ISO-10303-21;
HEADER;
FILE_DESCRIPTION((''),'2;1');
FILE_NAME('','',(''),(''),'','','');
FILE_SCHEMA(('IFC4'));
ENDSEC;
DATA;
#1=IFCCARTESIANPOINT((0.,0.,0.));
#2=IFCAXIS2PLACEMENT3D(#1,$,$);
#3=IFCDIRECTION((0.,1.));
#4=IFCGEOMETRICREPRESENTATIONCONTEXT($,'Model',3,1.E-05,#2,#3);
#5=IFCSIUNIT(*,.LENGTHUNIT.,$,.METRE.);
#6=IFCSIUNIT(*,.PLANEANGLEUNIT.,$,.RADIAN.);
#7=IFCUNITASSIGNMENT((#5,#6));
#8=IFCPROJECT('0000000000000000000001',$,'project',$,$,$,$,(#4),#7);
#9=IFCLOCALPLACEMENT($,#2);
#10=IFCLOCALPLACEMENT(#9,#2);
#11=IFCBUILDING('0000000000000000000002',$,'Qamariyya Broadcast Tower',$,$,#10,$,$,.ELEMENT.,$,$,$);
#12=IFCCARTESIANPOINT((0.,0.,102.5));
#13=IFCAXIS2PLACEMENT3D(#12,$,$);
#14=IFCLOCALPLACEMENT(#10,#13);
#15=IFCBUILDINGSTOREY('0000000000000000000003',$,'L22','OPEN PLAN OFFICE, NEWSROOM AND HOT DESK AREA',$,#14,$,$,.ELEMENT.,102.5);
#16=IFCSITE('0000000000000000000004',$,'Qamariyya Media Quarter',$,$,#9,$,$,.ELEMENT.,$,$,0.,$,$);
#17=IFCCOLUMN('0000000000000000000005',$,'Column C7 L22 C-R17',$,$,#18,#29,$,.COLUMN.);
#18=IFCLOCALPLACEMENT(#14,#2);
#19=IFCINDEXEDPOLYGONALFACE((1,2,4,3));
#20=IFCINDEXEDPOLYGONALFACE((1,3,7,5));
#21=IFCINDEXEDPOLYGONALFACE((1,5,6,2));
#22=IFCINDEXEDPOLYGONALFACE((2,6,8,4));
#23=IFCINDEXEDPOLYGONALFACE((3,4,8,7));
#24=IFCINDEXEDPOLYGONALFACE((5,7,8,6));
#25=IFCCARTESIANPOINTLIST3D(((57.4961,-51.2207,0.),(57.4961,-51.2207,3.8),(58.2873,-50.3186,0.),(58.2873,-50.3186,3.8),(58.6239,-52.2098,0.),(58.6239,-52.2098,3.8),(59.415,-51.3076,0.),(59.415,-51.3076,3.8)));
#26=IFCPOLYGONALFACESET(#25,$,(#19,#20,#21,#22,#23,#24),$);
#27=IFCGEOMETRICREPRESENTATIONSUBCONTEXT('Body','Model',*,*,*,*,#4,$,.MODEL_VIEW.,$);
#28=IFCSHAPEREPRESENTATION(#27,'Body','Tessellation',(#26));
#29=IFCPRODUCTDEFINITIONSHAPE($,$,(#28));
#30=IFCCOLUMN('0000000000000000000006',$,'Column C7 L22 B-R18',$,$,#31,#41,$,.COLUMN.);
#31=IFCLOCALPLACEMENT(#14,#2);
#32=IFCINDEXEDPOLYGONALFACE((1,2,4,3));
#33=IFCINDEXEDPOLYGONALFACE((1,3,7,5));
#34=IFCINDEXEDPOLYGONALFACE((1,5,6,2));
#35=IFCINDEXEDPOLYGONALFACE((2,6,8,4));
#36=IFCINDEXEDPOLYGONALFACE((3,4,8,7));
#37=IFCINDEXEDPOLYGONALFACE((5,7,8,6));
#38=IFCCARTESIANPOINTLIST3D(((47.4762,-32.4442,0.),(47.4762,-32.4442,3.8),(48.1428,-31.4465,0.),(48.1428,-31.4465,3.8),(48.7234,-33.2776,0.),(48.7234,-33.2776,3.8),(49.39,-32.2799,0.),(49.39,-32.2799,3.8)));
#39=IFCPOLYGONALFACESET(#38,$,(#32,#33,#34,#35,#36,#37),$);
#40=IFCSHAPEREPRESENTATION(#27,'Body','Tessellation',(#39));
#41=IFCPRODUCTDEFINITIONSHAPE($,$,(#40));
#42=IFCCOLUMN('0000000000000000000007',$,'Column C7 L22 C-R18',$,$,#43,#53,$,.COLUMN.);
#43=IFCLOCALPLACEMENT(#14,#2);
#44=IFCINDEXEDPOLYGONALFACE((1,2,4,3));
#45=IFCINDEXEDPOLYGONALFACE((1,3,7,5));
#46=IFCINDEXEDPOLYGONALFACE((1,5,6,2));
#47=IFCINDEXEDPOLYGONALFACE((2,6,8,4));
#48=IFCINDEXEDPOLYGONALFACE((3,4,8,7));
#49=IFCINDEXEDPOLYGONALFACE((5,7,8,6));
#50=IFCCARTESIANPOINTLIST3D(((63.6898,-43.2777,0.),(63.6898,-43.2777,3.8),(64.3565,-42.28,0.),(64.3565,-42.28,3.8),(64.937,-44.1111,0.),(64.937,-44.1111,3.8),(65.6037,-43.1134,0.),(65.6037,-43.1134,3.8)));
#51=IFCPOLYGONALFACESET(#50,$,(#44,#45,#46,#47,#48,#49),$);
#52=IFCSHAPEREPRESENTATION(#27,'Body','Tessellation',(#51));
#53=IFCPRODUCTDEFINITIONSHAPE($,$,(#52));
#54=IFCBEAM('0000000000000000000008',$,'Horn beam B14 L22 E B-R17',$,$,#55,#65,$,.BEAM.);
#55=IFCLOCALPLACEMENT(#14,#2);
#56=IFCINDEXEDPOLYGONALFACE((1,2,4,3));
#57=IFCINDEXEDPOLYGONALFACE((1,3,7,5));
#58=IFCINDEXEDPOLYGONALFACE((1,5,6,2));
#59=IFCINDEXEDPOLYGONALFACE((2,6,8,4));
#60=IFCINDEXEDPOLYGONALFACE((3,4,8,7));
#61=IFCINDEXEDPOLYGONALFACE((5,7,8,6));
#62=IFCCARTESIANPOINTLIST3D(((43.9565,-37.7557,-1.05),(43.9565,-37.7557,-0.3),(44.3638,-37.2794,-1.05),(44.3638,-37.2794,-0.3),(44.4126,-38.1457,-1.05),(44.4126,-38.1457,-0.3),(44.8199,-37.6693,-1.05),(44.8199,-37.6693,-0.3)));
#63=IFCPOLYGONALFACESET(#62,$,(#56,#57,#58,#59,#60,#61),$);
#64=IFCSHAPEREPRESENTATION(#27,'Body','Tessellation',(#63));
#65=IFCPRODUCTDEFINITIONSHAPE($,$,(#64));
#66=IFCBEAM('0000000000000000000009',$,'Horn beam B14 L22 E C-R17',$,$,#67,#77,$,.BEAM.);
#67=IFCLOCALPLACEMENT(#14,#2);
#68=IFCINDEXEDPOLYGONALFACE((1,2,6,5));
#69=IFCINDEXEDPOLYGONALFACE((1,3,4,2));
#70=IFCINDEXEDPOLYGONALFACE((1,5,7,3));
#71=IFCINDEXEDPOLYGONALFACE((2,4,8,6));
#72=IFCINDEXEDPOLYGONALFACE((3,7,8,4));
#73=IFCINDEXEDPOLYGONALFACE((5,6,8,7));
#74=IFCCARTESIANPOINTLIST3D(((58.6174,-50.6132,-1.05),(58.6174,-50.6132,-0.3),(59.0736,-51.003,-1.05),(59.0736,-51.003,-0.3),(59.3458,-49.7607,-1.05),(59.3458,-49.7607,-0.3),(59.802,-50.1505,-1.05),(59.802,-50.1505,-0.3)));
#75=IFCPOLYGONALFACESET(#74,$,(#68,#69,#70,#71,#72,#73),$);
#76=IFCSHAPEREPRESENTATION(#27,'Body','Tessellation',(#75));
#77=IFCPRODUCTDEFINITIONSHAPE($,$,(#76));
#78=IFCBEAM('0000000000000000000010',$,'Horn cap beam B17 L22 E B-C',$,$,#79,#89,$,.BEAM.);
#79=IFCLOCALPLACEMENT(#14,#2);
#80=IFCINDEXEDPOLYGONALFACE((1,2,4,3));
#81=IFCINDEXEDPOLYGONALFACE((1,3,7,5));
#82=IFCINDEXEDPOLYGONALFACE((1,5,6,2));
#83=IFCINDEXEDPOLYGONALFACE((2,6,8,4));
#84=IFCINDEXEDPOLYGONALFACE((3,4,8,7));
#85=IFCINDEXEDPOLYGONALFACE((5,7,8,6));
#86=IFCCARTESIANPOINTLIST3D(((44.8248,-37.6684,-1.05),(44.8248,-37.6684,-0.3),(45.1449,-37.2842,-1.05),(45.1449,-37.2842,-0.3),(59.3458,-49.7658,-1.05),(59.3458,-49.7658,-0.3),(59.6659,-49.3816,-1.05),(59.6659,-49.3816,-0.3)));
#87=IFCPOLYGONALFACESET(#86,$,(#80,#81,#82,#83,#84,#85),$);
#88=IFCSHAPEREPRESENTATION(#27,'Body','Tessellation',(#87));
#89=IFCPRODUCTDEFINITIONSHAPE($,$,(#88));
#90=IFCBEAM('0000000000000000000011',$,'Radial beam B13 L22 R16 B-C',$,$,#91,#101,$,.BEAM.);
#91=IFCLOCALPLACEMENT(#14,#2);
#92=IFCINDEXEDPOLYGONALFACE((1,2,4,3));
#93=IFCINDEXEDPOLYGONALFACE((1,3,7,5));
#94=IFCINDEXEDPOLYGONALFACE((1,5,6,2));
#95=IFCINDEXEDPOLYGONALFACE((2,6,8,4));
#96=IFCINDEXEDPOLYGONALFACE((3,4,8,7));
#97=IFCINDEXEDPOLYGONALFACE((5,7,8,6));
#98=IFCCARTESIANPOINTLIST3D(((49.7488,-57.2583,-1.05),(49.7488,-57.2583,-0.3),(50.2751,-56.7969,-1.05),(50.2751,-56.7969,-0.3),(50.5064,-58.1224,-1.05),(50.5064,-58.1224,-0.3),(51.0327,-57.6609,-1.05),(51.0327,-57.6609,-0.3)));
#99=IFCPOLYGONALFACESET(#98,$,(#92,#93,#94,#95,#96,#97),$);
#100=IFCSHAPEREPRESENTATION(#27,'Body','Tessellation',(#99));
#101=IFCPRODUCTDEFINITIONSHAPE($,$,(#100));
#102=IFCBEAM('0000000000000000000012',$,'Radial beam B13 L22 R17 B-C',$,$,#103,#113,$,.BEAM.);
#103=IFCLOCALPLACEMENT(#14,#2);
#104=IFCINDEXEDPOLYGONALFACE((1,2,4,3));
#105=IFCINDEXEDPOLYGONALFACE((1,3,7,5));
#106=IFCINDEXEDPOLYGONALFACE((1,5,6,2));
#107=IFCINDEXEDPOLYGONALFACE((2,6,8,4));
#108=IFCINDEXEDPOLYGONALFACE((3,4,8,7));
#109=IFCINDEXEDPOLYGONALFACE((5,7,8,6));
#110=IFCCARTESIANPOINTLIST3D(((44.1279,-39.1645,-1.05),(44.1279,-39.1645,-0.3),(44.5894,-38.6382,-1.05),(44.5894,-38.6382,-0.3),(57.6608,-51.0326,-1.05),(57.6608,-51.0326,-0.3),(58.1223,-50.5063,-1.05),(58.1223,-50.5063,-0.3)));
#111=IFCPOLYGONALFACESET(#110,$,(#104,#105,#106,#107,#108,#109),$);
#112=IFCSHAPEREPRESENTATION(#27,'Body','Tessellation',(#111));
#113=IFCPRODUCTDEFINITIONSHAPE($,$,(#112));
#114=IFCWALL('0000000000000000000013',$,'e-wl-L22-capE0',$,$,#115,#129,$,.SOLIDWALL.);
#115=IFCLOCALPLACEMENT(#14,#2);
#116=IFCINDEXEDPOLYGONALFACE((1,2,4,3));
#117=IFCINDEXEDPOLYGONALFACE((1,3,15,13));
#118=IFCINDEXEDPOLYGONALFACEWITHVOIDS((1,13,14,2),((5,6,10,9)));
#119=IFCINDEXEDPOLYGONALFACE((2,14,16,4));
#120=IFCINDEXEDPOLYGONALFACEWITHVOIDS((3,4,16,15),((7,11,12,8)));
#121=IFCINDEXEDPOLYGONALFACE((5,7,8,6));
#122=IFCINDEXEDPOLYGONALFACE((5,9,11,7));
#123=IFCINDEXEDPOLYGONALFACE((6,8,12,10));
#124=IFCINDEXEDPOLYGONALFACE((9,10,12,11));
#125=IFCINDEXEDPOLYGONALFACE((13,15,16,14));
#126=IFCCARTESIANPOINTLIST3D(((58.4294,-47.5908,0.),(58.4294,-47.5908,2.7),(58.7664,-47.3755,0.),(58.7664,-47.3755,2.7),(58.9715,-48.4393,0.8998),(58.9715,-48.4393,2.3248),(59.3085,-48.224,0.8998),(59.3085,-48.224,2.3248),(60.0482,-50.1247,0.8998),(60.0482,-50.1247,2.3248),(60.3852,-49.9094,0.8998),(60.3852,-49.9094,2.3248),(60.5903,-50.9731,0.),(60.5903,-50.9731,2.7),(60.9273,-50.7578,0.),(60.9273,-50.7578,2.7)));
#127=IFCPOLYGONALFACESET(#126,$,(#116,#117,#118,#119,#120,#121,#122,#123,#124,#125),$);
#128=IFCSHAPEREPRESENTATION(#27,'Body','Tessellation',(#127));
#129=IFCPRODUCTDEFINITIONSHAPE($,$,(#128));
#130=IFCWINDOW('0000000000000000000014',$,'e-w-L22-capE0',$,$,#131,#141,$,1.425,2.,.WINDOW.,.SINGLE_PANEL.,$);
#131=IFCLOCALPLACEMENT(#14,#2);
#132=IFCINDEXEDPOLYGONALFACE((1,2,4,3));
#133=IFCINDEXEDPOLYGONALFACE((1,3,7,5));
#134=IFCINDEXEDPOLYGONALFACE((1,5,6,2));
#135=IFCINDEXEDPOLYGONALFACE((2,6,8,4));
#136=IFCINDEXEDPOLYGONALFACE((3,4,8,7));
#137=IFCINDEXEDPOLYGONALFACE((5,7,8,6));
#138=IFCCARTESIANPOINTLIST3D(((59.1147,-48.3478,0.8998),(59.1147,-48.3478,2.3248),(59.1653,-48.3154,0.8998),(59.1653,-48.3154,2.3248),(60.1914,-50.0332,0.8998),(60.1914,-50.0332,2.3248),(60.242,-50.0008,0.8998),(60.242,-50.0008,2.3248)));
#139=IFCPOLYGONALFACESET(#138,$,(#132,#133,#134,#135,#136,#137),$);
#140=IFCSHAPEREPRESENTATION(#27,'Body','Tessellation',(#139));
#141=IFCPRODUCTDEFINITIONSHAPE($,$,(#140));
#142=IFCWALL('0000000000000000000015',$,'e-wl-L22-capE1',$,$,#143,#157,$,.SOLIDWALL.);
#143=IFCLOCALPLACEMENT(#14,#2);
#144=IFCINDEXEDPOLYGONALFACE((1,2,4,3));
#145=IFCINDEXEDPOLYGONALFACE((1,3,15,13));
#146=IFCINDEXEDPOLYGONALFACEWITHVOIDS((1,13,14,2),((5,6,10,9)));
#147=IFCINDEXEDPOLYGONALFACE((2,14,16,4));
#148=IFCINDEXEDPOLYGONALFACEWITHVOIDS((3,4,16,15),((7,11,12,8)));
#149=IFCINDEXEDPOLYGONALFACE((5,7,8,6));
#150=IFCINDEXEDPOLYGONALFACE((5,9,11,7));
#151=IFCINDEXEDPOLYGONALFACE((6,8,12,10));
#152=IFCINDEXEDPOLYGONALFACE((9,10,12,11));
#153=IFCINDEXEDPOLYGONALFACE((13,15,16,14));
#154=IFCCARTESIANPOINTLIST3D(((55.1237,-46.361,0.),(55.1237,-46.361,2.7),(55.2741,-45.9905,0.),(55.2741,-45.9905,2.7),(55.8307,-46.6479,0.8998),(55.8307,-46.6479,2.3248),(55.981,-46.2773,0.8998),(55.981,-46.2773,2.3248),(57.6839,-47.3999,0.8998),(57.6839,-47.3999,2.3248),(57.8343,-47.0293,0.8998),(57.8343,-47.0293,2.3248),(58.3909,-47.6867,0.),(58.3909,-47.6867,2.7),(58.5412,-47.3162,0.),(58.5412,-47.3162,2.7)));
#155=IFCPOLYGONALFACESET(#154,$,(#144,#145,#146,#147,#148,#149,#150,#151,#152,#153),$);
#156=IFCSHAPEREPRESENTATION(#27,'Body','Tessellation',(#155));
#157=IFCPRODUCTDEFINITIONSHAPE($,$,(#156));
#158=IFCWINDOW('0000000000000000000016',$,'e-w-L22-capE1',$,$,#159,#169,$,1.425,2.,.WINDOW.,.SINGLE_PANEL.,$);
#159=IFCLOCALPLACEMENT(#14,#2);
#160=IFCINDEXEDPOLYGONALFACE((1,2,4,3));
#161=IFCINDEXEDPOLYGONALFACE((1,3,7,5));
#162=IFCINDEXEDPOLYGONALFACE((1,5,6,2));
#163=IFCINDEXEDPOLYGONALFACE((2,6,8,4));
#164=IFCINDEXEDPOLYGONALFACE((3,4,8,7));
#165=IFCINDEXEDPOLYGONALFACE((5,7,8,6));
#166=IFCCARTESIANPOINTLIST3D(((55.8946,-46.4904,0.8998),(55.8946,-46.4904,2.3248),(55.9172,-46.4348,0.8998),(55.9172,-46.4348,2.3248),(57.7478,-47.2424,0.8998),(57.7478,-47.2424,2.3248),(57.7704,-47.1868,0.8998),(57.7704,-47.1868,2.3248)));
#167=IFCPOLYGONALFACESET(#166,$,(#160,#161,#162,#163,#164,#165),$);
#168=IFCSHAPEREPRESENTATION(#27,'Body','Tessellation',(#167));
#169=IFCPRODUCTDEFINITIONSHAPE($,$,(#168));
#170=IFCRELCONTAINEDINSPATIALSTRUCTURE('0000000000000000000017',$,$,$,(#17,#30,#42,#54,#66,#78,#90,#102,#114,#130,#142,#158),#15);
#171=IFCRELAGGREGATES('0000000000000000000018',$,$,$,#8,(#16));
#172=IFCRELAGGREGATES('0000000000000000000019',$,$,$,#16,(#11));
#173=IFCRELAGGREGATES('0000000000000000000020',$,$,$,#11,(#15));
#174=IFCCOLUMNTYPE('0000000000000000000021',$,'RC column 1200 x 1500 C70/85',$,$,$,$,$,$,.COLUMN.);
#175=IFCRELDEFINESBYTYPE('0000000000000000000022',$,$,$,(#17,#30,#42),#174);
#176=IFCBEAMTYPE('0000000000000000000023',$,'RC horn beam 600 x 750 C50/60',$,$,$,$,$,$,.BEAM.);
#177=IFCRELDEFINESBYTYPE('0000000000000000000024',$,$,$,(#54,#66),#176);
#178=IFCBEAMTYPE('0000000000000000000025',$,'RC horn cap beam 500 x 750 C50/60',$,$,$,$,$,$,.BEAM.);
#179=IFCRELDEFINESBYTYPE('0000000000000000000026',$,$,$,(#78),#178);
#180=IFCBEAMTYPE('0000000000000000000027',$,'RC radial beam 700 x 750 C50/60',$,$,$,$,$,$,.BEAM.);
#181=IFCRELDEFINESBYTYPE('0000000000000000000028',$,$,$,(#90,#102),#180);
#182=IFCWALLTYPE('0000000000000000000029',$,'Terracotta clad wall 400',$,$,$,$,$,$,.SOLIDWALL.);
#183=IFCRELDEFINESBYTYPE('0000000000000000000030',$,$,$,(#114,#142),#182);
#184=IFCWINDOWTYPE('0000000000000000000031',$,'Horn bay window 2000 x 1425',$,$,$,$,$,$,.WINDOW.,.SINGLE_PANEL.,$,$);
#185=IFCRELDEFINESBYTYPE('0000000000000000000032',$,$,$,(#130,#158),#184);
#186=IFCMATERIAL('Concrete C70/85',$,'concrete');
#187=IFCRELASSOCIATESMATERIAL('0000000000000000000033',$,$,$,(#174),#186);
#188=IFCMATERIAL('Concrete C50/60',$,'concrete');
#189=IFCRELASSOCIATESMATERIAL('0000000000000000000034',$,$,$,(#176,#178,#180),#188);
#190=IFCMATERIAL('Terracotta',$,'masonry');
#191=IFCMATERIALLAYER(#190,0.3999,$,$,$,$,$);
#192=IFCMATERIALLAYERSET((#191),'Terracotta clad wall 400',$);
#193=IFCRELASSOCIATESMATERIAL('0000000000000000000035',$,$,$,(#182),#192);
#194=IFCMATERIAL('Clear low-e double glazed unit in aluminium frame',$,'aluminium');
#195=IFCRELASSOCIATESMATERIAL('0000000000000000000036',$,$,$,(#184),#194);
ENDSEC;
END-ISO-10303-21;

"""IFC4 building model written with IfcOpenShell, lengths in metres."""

from ifc_helpers import new_model, si_unit, direction, frame, frame_2d, origin, origin_2d, place, context, subcontext, project, spatial, rectangle, extrude, material, layer, layer_set, material_profile, profile_set, type_object, element, fill, save


model = new_model("IFC4")

# Units and contexts
model_context = context("Model", 3, precision=1e-05, world=origin(), true_north=direction((0.0, 1.0)))
body_context = subcontext(model_context, "Body", "Model", "MODEL_VIEW")
ifc_project = project(units=[si_unit("LENGTHUNIT", "METRE"), si_unit("PLANEANGLEUNIT", "RADIAN")], contexts=[model_context])

# Site, building, storey
site_placement = place(None, origin())
site = spatial("IfcSite", under=ifc_project, at=site_placement, Name="Qamariyya Media Quarter", CompositionType="ELEMENT", RefElevation=0.0)
building_placement = place(site_placement, origin())
building = spatial("IfcBuilding", under=site, at=building_placement, Name="Qamariyya Broadcast Tower", CompositionType="ELEMENT")
storey_placement = place(building_placement, frame((0.0, 0.0, 102.5)))
storey = spatial("IfcBuildingStorey", under=building, at=storey_placement, Name="L22", Description="OPEN PLAN OFFICE, NEWSROOM AND HOT DESK AREA", CompositionType="ELEMENT", Elevation=102.5)

# Columns
ifc_material_1 = material(Name="Concrete C70/85", Category="concrete")
ifc_material_profile_1 = material_profile(ifc_material_1, rectangle(XDim=1.2, YDim=1.5, at=origin_2d()))
ifc_profile_set_1 = profile_set([ifc_material_profile_1], Name="Concrete C70/85")
column_type = type_object("IfcColumnType", Name="RC column 1200 x 1500 C70/85", PredefinedType="COLUMN", material=ifc_profile_set_1)
for number, where, z_axis, x_axis, name in (
    (1, (58.4556, -51.2642, 0.0), (0.0, 0.0, 1.0), (0.659346, 0.75184, 0.0), "Column C7 L22 C-R17"),
    (2, (48.4331, -32.3621, 0.0), (0.0, 0.0, 1.0), (0.55557, 0.83147, 0.0), "Column C7 L22 B-R18"),
    (3, (64.6467, -43.1956, 0.0), (0.0, 0.0, 1.0), (0.55557, 0.83147, 0.0), "Column C7 L22 C-R18"),
):
    element("IfcColumn", number, at=place(storey_placement, frame(where, z_axis=z_axis, x_axis=x_axis)), inside=storey, type_object=column_type, Name=name, PredefinedType="COLUMN", context=body_context, shape_type="SweptSolid", body=[
        extrude(rectangle(XDim=1.2, YDim=1.5, at=origin_2d()), origin(), (0.0, 0.0, 1.0), 3.8),
    ])

# Beams
ifc_material_2 = material(Name="Concrete C50/60", Category="concrete")
ifc_material_profile_2 = material_profile(ifc_material_2, rectangle(XDim=0.6001, YDim=0.75, at=origin_2d()))
ifc_profile_set_2 = profile_set([ifc_material_profile_2], Name="Concrete C50/60")
beam_type_1 = type_object("IfcBeamType", Name="RC horn beam 600 x 750 C50/60", PredefinedType="BEAM", material=ifc_profile_set_2)
beam_1_placement = place(storey_placement, frame((44.1846, -37.9507, -0.675), z_axis=(0.649828, 0.760081, 0.0), x_axis=(-0.760081, 0.649828, 0.0)))
element("IfcBeam", 4, at=beam_1_placement, inside=storey, type_object=beam_type_1, Name="Horn beam B14 L22 E B-R17", PredefinedType="BEAM", context=body_context, shape_type="SweptSolid", body=[
    extrude(rectangle(XDim=0.6001, YDim=0.75, at=origin_2d()), origin(), (0.0, 0.0, 1.0), 0.6267),
])
beam_2_placement = place(storey_placement, frame((58.8455, -50.8081, -0.675), z_axis=(0.649643, 0.760239, 0.0), x_axis=(-0.760239, 0.649643, 0.0)))
element("IfcBeam", 5, at=beam_2_placement, inside=storey, type_object=beam_type_1, Name="Horn beam B14 L22 E C-R17", PredefinedType="BEAM", context=body_context, shape_type="SweptSolid", body=[
    extrude(rectangle(XDim=0.6001, YDim=0.75, at=origin_2d()), origin(), (0.0, 0.0, 1.0), 1.1213),
])
ifc_material_profile_3 = material_profile(ifc_material_2, rectangle(XDim=0.5, YDim=0.75, at=origin_2d()))
ifc_profile_set_3 = profile_set([ifc_material_profile_3], Name="Concrete C50/60")
beam_type_2 = type_object("IfcBeamType", Name="RC horn cap beam 500 x 750 C50/60", PredefinedType="BEAM", material=ifc_profile_set_3)
beam_3_placement = place(storey_placement, frame((44.9849, -37.4763, -0.675), z_axis=(0.76831, -0.640078, 0.0), x_axis=(0.640078, 0.76831, 0.0)))
element("IfcBeam", 6, at=beam_3_placement, inside=storey, type_object=beam_type_2, Name="Horn cap beam B17 L22 E B-C", PredefinedType="BEAM", context=body_context, shape_type="SweptSolid", body=[
    extrude(rectangle(XDim=0.5, YDim=0.75, at=origin_2d()), origin(), (0.0, 0.0, 1.0), 18.8999),
])
ifc_material_profile_4 = material_profile(ifc_material_2, rectangle(XDim=0.7, YDim=0.75, at=origin_2d()))
ifc_profile_set_4 = profile_set([ifc_material_profile_4], Name="Concrete C50/60")
beam_type_3 = type_object("IfcBeamType", Name="RC radial beam 700 x 750 C50/60", PredefinedType="BEAM", material=ifc_profile_set_4)
beam_4_placement = place(storey_placement, frame((50.012, -57.0276, -0.675), z_axis=(0.659271, -0.751905, 0.0), x_axis=(0.751905, 0.659271, 0.0)))
element("IfcBeam", 7, at=beam_4_placement, inside=storey, type_object=beam_type_3, Name="Radial beam B13 L22 R16 B-C", PredefinedType="BEAM", context=body_context, shape_type="SweptSolid", body=[
    extrude(rectangle(XDim=0.7, YDim=0.75, at=origin_2d()), origin(), (0.0, 0.0, 1.0), 1.1492),
])
beam_5_placement = place(storey_placement, frame((44.3586, -38.9014, -0.675), z_axis=(0.751838, -0.659348, 0.0), x_axis=(0.659348, 0.751838, 0.0)))
element("IfcBeam", 8, at=beam_5_placement, inside=storey, type_object=beam_type_3, Name="Radial beam B13 L22 R17 B-C", PredefinedType="BEAM", context=body_context, shape_type="SweptSolid", body=[
    extrude(rectangle(XDim=0.7, YDim=0.75, at=origin_2d()), origin(), (0.0, 0.0, 1.0), 17.9998),
])

# Walls, openings, windows
ifc_material_3 = material(Name="Terracotta", Category="masonry")
ifc_layer = layer(ifc_material_3, 0.3999)
ifc_layer_set = layer_set([ifc_layer], Name="Terracotta clad wall 400")
wall_type = type_object("IfcWallType", Name="Terracotta clad wall 400", PredefinedType="SOLIDWALL", material=ifc_layer_set)
wall_1_placement = place(storey_placement, frame((60.7588, -50.8655, 0.0), z_axis=(0.0, 0.0, 1.0), x_axis=(-0.538382, 0.842701, 0.0)))
wall_1 = element("IfcWall", 9, at=wall_1_placement, inside=storey, type_object=wall_type, Name="e-wl-L22-capE0", PredefinedType="SOLIDWALL", context=body_context, shape_type="SweptSolid", body=[
    extrude(rectangle(XDim=4.0137, YDim=0.3999, at=frame_2d((2.0068, 0.0))), origin(), (0.0, 0.0, 1.0), 2.7),
])
opening_1_placement = place(wall_1_placement, frame((1.0068, 0.0, 0.8999)))
opening_1 = element("IfcOpeningElement", 10, at=opening_1_placement, cuts=wall_1, PredefinedType="OPENING", context=body_context, shape_type="SweptSolid", body=[
    extrude(rectangle(XDim=2.0, YDim=1.425, at=frame_2d((1.0, 0.7124))), frame((0.0, 0.21, 0.0), z_axis=(0.0, -1.0, 0.0), x_axis=(1.0, 0.0, 0.0)), (0.0, 0.0, 1.0), 0.4199),
])
ifc_material_4 = material(Name="Clear low-e double glazed unit in aluminium frame", Category="aluminium")
window_type = type_object("IfcWindowType", Name="Horn bay window 2000 x 1425", PartitioningType="SINGLE_PANEL", PredefinedType="WINDOW", material=ifc_material_4)
window_1_placement = place(opening_1_placement, origin())
window_1 = element("IfcWindow", 11, at=window_1_placement, inside=storey, type_object=window_type, Name="e-w-L22-capE0", OverallHeight=1.425, OverallWidth=2.0, PartitioningType="SINGLE_PANEL", PredefinedType="WINDOW", context=body_context, shape_type="SweptSolid", body=[
    extrude(rectangle(XDim=2.0, YDim=1.425, at=frame_2d((1.0, 0.7124))), frame((0.0, 0.03, 0.0), z_axis=(0.0, -1.0, 0.0), x_axis=(1.0, 0.0, 0.0)), (0.0, 0.0, 1.0), 0.0601),
])
fill(opening_1, window_1)
wall_2_placement = place(storey_placement, frame((58.4661, -47.5015, 0.0), z_axis=(0.0, 0.0, 1.0), x_axis=(-0.926622, 0.375994, 0.0)))
wall_2 = element("IfcWall", 12, at=wall_2_placement, inside=storey, type_object=wall_type, Name="e-wl-L22-capE1", PredefinedType="SOLIDWALL", context=body_context, shape_type="SweptSolid", body=[
    extrude(rectangle(XDim=3.5259, YDim=0.3999, at=frame_2d((1.7629, 0.0))), origin(), (0.0, 0.0, 1.0), 2.7),
])
opening_2_placement = place(wall_2_placement, frame((0.7629, 0.0, 0.8999)))
opening_2 = element("IfcOpeningElement", 13, at=opening_2_placement, cuts=wall_2, PredefinedType="OPENING", context=body_context, shape_type="SweptSolid", body=[
    extrude(rectangle(XDim=2.0, YDim=1.425, at=frame_2d((1.0, 0.7124))), frame((0.0, 0.21, 0.0), z_axis=(0.0, -1.0, 0.0), x_axis=(1.0, 0.0, 0.0)), (0.0, 0.0, 1.0), 0.4199),
])
window_2_placement = place(opening_2_placement, origin())
window_2 = element("IfcWindow", 14, at=window_2_placement, inside=storey, type_object=window_type, Name="e-w-L22-capE1", OverallHeight=1.425, OverallWidth=2.0, PartitioningType="SINGLE_PANEL", PredefinedType="WINDOW", context=body_context, shape_type="SweptSolid", body=[
    extrude(rectangle(XDim=2.0, YDim=1.425, at=frame_2d((1.0, 0.7124))), frame((0.0, 0.03, 0.0), z_axis=(0.0, -1.0, 0.0), x_axis=(1.0, 0.0, 0.0)), (0.0, 0.0, 1.0), 0.0601),
])
fill(opening_2, window_2)

save(model, "model.ifc")
